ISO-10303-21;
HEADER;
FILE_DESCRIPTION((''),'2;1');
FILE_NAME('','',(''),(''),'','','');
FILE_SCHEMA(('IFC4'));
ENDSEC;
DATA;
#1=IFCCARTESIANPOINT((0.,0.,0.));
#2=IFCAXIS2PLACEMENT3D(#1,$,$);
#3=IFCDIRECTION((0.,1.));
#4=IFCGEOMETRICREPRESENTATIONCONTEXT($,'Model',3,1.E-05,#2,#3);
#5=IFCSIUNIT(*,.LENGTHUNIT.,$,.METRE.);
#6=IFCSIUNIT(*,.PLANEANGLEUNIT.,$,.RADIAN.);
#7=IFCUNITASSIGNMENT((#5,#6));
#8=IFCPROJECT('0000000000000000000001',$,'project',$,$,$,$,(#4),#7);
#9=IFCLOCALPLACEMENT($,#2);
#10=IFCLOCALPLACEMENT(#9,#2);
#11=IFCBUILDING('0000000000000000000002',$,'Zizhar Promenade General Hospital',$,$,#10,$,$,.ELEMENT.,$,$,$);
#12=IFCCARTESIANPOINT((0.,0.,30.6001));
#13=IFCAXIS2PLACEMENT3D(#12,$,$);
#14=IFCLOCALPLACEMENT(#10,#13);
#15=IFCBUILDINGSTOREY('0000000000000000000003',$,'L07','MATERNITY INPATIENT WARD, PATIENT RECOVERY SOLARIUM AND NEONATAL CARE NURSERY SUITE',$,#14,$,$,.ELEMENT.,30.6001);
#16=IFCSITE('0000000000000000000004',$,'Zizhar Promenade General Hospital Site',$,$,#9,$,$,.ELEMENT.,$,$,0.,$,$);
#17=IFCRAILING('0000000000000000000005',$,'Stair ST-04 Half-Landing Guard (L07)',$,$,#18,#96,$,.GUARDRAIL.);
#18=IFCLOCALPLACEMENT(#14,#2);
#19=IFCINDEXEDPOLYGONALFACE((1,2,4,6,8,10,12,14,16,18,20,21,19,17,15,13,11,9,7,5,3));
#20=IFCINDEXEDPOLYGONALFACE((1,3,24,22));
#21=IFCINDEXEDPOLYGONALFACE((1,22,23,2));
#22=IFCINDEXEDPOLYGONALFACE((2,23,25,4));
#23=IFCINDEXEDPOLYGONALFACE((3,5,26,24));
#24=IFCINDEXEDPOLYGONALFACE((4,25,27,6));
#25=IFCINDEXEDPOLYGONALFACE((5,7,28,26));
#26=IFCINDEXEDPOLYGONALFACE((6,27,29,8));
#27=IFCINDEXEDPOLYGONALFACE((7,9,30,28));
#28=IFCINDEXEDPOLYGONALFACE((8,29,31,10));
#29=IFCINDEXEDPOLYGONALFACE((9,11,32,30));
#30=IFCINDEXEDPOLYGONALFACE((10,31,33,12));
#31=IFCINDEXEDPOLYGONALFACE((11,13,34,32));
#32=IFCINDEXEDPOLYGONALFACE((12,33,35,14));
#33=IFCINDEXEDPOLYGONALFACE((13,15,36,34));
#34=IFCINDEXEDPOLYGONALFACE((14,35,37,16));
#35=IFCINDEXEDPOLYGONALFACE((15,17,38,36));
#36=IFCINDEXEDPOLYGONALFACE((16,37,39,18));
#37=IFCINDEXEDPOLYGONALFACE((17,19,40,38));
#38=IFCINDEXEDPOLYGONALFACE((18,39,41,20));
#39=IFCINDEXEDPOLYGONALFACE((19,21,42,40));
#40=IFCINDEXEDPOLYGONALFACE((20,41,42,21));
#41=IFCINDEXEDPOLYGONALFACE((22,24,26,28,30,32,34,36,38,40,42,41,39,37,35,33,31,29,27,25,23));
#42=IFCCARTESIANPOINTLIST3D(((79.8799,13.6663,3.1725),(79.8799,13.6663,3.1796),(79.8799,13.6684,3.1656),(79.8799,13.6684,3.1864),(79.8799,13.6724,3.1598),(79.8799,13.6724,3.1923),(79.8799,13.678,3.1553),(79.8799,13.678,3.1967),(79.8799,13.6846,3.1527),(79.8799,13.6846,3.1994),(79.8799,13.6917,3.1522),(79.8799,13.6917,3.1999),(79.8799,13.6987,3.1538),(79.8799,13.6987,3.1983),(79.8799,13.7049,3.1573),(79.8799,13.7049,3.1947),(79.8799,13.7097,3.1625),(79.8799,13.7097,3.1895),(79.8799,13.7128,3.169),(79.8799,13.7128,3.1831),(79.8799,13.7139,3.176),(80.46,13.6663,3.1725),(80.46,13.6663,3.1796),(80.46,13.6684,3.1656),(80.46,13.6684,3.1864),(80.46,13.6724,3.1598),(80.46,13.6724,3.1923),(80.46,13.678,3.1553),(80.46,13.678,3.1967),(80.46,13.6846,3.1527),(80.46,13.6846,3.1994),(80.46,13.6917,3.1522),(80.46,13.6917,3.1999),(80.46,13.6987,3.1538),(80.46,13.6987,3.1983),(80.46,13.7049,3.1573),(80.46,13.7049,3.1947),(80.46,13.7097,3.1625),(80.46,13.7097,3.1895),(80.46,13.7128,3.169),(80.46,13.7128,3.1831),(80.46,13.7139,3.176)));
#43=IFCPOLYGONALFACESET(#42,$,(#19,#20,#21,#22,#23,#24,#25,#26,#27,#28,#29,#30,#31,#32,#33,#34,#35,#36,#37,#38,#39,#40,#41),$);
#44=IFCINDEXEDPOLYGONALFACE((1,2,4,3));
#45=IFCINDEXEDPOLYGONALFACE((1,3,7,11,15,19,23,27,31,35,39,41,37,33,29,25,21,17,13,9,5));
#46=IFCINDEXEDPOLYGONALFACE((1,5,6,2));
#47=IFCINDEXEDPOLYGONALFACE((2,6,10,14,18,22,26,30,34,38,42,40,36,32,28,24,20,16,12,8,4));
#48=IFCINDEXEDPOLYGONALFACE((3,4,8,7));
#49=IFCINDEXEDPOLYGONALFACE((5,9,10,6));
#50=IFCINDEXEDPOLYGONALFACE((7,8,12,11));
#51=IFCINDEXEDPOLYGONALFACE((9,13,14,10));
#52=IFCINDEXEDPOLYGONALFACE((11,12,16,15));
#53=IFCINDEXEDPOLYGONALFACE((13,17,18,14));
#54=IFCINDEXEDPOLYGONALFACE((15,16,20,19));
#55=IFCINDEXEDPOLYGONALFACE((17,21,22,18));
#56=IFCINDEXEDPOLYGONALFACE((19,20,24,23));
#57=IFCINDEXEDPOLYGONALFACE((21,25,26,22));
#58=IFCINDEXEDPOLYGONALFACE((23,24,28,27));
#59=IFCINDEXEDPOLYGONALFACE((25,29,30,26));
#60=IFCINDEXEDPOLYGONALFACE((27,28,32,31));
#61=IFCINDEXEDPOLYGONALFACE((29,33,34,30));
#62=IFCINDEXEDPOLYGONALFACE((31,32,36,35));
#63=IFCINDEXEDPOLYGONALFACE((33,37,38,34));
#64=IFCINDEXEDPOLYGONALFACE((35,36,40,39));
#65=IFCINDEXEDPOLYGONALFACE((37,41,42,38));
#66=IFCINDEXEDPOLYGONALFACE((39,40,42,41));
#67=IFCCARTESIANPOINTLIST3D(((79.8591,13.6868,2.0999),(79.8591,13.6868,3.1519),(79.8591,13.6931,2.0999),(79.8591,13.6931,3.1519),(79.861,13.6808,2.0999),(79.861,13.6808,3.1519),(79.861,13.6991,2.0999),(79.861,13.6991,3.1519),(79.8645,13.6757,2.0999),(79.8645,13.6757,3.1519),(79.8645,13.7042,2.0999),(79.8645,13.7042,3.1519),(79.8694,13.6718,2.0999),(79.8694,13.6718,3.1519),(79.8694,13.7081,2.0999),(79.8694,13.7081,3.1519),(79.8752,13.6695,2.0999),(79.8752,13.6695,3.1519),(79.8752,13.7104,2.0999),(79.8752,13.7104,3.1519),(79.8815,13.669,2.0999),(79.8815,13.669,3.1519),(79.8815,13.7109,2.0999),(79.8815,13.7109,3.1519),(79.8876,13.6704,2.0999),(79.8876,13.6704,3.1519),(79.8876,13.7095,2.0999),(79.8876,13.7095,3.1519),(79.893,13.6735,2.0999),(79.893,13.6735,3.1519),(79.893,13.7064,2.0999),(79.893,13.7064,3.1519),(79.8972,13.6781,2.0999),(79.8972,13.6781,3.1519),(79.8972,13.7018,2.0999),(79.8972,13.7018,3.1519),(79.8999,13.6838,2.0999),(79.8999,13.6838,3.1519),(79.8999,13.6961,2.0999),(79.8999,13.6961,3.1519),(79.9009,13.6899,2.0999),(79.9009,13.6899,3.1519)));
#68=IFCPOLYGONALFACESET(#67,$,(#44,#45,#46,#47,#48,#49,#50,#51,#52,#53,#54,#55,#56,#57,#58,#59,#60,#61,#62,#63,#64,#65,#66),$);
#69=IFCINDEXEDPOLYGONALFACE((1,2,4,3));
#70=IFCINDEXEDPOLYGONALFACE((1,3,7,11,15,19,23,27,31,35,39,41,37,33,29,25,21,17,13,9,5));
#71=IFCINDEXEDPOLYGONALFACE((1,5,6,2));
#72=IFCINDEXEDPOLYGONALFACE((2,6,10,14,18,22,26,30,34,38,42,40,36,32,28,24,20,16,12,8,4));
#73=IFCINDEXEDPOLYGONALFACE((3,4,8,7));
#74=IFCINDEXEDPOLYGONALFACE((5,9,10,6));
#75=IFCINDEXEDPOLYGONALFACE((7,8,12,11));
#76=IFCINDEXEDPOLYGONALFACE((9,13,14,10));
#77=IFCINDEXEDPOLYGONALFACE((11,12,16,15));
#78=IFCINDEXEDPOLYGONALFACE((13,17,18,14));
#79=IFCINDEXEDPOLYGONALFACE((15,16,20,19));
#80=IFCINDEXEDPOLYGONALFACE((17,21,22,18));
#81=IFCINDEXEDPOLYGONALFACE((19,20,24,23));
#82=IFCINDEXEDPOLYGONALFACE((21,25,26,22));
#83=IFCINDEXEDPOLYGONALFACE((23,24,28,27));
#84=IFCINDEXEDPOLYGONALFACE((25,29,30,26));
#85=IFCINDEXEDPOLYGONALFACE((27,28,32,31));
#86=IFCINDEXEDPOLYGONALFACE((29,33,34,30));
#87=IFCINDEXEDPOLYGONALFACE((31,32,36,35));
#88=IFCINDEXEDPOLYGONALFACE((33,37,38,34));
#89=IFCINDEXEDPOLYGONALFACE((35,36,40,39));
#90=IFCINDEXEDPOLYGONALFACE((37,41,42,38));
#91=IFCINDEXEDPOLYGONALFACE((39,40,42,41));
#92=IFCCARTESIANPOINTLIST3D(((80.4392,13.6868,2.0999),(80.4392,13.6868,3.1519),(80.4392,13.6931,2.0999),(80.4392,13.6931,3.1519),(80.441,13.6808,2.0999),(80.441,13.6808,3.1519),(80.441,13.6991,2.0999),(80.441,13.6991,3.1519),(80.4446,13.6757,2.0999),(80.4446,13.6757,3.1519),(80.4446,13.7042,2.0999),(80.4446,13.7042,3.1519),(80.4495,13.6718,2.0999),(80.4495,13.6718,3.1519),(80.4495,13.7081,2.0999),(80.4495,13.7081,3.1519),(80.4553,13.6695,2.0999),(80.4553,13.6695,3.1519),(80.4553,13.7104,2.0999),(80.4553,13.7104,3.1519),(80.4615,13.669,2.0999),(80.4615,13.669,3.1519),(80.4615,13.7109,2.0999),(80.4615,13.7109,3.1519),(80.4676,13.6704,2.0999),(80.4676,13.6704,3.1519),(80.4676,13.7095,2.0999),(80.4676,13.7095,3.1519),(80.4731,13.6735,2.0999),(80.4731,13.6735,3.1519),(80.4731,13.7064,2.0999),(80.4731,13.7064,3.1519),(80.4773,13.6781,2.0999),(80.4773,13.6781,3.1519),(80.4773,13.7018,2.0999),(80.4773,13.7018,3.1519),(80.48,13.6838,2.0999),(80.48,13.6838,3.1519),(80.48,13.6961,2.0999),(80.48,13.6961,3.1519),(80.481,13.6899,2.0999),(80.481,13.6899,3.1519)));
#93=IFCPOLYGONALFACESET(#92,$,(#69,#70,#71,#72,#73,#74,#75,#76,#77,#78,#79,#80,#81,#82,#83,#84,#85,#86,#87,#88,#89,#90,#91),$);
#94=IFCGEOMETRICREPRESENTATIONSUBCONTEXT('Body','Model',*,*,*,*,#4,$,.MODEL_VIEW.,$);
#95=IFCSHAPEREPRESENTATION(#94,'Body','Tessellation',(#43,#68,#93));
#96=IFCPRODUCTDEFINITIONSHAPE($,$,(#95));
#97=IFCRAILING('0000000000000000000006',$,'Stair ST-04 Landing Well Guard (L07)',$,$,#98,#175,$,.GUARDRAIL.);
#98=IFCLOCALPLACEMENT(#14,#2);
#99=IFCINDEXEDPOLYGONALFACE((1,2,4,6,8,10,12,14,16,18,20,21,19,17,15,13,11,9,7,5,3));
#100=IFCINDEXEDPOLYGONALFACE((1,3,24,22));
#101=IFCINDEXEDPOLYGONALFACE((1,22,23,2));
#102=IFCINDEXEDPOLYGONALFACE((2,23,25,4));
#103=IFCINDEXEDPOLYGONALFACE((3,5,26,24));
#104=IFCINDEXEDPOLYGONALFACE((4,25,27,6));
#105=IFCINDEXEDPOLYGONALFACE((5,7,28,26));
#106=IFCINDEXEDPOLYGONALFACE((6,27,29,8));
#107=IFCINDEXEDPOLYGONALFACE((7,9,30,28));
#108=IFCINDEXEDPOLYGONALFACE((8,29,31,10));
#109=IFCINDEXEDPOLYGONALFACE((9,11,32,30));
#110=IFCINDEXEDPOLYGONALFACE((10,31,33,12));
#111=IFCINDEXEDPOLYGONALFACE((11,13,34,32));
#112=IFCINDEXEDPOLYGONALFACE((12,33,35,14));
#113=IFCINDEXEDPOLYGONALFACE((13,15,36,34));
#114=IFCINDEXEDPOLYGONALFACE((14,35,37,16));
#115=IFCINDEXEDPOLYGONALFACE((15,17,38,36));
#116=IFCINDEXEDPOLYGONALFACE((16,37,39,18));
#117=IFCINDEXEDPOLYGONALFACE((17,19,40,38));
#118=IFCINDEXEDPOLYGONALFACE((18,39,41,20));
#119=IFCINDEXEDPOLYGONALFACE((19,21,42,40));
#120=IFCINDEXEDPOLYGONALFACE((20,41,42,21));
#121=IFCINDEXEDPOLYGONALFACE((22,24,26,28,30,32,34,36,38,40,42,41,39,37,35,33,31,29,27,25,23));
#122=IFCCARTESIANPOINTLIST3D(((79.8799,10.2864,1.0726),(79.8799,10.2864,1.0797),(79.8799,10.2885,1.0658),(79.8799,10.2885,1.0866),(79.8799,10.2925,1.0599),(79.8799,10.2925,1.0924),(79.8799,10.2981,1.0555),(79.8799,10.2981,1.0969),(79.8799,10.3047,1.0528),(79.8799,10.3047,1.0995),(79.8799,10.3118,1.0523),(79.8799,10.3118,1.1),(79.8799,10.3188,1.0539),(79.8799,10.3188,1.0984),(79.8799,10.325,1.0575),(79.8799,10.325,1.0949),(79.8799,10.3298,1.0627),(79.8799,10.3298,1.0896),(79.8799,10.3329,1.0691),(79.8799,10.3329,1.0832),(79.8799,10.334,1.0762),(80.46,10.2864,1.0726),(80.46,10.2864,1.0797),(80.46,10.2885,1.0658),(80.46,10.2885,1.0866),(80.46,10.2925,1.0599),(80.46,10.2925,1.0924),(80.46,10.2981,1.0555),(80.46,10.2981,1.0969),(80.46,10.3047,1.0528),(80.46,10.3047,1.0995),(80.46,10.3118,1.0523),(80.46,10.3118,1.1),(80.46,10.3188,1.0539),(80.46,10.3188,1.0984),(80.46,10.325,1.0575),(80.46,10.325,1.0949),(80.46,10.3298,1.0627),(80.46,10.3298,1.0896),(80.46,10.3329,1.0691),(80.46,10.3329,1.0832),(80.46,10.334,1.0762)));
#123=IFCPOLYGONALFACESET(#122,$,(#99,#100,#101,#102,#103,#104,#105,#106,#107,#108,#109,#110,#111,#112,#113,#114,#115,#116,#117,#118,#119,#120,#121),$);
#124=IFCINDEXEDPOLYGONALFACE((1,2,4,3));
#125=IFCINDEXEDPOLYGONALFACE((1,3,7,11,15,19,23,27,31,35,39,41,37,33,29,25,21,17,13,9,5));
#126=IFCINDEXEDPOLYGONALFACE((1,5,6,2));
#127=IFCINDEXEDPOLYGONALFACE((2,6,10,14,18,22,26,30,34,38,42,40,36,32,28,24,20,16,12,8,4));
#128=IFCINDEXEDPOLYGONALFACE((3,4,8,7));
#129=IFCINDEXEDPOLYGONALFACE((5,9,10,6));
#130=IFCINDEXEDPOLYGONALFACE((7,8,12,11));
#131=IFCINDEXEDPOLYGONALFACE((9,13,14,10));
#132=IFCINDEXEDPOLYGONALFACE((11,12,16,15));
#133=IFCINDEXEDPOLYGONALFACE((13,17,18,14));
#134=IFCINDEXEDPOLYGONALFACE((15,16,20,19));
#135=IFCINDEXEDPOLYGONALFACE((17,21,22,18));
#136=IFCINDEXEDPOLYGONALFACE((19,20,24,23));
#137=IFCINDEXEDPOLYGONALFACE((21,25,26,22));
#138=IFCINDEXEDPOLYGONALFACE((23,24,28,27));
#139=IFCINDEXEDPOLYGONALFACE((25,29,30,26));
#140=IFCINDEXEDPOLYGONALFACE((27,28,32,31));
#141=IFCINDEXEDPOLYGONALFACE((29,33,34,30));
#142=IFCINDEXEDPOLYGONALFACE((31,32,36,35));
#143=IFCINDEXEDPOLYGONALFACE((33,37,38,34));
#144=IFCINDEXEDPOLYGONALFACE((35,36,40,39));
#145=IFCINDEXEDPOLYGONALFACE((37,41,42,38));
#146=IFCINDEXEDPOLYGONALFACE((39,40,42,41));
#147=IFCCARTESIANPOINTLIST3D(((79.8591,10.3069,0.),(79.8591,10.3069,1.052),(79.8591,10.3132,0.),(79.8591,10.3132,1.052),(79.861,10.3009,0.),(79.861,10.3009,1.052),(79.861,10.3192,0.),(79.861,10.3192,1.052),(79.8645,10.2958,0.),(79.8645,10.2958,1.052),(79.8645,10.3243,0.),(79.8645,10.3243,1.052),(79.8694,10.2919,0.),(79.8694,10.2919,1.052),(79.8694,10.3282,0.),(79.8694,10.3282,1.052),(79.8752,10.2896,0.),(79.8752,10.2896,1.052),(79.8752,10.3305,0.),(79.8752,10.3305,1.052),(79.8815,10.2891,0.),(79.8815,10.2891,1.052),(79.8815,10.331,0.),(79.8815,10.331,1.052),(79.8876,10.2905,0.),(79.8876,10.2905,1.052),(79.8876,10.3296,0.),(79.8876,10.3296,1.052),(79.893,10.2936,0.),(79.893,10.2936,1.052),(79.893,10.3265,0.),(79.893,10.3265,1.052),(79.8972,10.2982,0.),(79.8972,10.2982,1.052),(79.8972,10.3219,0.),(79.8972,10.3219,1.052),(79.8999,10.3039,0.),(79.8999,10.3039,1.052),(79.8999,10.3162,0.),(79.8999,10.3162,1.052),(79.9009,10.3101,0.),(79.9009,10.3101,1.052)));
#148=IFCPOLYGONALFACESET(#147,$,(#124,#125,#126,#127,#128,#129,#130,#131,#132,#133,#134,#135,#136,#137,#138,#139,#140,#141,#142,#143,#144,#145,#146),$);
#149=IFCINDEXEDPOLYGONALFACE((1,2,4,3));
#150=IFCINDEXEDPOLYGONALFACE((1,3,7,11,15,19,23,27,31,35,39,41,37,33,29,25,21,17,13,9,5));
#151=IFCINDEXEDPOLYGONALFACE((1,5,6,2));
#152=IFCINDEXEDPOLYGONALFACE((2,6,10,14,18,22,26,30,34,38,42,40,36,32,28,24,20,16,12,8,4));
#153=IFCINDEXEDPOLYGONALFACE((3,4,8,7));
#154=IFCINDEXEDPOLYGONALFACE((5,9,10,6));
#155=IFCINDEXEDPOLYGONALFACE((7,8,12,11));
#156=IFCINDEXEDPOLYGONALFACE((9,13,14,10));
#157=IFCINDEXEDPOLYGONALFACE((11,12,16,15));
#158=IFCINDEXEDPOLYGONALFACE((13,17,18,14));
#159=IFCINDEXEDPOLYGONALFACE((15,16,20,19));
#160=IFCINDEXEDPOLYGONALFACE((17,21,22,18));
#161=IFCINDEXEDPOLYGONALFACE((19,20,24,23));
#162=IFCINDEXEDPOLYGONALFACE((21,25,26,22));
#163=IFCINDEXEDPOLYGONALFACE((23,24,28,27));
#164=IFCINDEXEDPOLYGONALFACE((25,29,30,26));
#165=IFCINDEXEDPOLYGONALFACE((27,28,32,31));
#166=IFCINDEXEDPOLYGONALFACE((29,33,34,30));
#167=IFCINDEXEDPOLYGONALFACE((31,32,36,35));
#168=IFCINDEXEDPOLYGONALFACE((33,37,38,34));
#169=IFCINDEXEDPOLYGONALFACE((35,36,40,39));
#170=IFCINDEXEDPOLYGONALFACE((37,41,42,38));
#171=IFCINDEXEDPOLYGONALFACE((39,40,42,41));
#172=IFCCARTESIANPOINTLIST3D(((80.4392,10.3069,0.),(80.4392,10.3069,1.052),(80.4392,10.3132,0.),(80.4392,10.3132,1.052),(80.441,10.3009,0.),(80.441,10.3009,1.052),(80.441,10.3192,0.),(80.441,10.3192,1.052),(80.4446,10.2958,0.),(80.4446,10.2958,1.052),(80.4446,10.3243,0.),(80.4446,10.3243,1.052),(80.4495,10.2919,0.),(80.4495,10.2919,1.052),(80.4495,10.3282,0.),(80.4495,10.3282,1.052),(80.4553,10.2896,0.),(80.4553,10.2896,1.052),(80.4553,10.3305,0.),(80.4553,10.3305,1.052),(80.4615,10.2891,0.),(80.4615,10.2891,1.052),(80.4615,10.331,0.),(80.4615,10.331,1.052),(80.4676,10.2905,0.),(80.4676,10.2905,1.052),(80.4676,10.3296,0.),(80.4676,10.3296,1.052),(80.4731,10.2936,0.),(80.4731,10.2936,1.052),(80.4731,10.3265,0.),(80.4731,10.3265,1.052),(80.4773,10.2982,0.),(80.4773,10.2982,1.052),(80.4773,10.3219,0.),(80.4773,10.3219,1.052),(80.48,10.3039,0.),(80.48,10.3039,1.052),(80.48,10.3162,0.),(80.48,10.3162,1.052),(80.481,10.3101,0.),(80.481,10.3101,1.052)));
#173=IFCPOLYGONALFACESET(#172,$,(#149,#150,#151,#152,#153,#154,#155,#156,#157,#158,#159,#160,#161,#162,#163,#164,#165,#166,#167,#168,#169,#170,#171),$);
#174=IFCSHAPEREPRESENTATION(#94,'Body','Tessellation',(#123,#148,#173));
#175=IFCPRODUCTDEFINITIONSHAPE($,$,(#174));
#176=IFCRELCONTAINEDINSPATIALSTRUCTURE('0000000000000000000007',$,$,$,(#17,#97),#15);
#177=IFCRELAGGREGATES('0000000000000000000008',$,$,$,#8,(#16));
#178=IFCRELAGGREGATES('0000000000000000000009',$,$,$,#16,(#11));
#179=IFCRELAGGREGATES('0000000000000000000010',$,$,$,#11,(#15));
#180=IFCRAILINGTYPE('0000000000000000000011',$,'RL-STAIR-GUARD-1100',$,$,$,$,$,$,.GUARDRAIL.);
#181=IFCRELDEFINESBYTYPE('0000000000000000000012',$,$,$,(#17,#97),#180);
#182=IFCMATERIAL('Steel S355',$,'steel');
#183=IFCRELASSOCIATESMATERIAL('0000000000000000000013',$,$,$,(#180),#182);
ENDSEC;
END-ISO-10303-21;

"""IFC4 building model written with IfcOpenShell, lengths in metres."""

from ifc_helpers import new_model, si_unit, direction, frame, origin, origin_2d, place, context, subcontext, project, spatial, circle, hollow_circle, extrude, material, material_profile, profile_set, type_object, element, save


model = new_model("IFC4")

# Units and contexts
model_context = context("Model", 3, precision=1e-05, world=origin(), true_north=direction((0.0, 1.0)))
body_context = subcontext(model_context, "Body", "Model", "MODEL_VIEW")
ifc_project = project(units=[si_unit("LENGTHUNIT", "METRE"), si_unit("PLANEANGLEUNIT", "RADIAN")], contexts=[model_context])

# Site, building, storey
site_placement = place(None, origin())
site = spatial("IfcSite", under=ifc_project, at=site_placement, Name="Zizhar Promenade General Hospital Site", CompositionType="ELEMENT", RefElevation=0.0)
building_placement = place(site_placement, origin())
building = spatial("IfcBuilding", under=site, at=building_placement, Name="Zizhar Promenade General Hospital", CompositionType="ELEMENT")
storey_placement = place(building_placement, frame((0.0, 0.0, 30.6001)))
storey = spatial("IfcBuildingStorey", under=building, at=storey_placement, Name="L07", Description="MATERNITY INPATIENT WARD, PATIENT RECOVERY SOLARIUM AND NEONATAL CARE NURSERY SUITE", CompositionType="ELEMENT", Elevation=30.6001)

# Railings
ifc_material_1 = material(Name="Steel S355", Category="steel")
ifc_material_profile_1 = material_profile(ifc_material_1, hollow_circle(Radius=0.0698, WallThickness=0.0063, at=origin_2d()))
ifc_profile_set_1 = profile_set([ifc_material_profile_1], Name="Steel S355")
railing_type_1 = type_object("IfcRailingType", Name="RL-STAIR-GUARD-1100", PredefinedType="GUARDRAIL", material=ifc_profile_set_1)
for number, where, name in (
    (1, (79.8799, 13.6899, 2.0999), "Stair ST-04 Half-Landing Guard (L07)"),
    (2, (79.8799, 10.3101, 0.0), "Stair ST-04 Landing Well Guard (L07)"),
):
    element("IfcRailing", number, at=place(storey_placement, frame(where)), inside=storey, type_object=railing_type_1, Name=name, PredefinedType="GUARDRAIL", context=body_context, shape_type="SweptSolid", body=[
        extrude(circle(Radius=0.0239, at=origin_2d()), frame((0.0, 0.0, 1.0762), z_axis=(1.0, 0.0, 0.0), x_axis=(0.0, 1.0, 0.0)), (0.0, 0.0, 1.0), 0.5801),
        extrude(circle(Radius=0.021, at=origin_2d()), origin(), (0.0, 0.0, 1.0), 1.052),
        extrude(circle(Radius=0.021, at=origin_2d()), frame((0.5801, 0.0, 0.0)), (0.0, 0.0, 1.0), 1.052),
    ])

save(model, "model.ifc")
